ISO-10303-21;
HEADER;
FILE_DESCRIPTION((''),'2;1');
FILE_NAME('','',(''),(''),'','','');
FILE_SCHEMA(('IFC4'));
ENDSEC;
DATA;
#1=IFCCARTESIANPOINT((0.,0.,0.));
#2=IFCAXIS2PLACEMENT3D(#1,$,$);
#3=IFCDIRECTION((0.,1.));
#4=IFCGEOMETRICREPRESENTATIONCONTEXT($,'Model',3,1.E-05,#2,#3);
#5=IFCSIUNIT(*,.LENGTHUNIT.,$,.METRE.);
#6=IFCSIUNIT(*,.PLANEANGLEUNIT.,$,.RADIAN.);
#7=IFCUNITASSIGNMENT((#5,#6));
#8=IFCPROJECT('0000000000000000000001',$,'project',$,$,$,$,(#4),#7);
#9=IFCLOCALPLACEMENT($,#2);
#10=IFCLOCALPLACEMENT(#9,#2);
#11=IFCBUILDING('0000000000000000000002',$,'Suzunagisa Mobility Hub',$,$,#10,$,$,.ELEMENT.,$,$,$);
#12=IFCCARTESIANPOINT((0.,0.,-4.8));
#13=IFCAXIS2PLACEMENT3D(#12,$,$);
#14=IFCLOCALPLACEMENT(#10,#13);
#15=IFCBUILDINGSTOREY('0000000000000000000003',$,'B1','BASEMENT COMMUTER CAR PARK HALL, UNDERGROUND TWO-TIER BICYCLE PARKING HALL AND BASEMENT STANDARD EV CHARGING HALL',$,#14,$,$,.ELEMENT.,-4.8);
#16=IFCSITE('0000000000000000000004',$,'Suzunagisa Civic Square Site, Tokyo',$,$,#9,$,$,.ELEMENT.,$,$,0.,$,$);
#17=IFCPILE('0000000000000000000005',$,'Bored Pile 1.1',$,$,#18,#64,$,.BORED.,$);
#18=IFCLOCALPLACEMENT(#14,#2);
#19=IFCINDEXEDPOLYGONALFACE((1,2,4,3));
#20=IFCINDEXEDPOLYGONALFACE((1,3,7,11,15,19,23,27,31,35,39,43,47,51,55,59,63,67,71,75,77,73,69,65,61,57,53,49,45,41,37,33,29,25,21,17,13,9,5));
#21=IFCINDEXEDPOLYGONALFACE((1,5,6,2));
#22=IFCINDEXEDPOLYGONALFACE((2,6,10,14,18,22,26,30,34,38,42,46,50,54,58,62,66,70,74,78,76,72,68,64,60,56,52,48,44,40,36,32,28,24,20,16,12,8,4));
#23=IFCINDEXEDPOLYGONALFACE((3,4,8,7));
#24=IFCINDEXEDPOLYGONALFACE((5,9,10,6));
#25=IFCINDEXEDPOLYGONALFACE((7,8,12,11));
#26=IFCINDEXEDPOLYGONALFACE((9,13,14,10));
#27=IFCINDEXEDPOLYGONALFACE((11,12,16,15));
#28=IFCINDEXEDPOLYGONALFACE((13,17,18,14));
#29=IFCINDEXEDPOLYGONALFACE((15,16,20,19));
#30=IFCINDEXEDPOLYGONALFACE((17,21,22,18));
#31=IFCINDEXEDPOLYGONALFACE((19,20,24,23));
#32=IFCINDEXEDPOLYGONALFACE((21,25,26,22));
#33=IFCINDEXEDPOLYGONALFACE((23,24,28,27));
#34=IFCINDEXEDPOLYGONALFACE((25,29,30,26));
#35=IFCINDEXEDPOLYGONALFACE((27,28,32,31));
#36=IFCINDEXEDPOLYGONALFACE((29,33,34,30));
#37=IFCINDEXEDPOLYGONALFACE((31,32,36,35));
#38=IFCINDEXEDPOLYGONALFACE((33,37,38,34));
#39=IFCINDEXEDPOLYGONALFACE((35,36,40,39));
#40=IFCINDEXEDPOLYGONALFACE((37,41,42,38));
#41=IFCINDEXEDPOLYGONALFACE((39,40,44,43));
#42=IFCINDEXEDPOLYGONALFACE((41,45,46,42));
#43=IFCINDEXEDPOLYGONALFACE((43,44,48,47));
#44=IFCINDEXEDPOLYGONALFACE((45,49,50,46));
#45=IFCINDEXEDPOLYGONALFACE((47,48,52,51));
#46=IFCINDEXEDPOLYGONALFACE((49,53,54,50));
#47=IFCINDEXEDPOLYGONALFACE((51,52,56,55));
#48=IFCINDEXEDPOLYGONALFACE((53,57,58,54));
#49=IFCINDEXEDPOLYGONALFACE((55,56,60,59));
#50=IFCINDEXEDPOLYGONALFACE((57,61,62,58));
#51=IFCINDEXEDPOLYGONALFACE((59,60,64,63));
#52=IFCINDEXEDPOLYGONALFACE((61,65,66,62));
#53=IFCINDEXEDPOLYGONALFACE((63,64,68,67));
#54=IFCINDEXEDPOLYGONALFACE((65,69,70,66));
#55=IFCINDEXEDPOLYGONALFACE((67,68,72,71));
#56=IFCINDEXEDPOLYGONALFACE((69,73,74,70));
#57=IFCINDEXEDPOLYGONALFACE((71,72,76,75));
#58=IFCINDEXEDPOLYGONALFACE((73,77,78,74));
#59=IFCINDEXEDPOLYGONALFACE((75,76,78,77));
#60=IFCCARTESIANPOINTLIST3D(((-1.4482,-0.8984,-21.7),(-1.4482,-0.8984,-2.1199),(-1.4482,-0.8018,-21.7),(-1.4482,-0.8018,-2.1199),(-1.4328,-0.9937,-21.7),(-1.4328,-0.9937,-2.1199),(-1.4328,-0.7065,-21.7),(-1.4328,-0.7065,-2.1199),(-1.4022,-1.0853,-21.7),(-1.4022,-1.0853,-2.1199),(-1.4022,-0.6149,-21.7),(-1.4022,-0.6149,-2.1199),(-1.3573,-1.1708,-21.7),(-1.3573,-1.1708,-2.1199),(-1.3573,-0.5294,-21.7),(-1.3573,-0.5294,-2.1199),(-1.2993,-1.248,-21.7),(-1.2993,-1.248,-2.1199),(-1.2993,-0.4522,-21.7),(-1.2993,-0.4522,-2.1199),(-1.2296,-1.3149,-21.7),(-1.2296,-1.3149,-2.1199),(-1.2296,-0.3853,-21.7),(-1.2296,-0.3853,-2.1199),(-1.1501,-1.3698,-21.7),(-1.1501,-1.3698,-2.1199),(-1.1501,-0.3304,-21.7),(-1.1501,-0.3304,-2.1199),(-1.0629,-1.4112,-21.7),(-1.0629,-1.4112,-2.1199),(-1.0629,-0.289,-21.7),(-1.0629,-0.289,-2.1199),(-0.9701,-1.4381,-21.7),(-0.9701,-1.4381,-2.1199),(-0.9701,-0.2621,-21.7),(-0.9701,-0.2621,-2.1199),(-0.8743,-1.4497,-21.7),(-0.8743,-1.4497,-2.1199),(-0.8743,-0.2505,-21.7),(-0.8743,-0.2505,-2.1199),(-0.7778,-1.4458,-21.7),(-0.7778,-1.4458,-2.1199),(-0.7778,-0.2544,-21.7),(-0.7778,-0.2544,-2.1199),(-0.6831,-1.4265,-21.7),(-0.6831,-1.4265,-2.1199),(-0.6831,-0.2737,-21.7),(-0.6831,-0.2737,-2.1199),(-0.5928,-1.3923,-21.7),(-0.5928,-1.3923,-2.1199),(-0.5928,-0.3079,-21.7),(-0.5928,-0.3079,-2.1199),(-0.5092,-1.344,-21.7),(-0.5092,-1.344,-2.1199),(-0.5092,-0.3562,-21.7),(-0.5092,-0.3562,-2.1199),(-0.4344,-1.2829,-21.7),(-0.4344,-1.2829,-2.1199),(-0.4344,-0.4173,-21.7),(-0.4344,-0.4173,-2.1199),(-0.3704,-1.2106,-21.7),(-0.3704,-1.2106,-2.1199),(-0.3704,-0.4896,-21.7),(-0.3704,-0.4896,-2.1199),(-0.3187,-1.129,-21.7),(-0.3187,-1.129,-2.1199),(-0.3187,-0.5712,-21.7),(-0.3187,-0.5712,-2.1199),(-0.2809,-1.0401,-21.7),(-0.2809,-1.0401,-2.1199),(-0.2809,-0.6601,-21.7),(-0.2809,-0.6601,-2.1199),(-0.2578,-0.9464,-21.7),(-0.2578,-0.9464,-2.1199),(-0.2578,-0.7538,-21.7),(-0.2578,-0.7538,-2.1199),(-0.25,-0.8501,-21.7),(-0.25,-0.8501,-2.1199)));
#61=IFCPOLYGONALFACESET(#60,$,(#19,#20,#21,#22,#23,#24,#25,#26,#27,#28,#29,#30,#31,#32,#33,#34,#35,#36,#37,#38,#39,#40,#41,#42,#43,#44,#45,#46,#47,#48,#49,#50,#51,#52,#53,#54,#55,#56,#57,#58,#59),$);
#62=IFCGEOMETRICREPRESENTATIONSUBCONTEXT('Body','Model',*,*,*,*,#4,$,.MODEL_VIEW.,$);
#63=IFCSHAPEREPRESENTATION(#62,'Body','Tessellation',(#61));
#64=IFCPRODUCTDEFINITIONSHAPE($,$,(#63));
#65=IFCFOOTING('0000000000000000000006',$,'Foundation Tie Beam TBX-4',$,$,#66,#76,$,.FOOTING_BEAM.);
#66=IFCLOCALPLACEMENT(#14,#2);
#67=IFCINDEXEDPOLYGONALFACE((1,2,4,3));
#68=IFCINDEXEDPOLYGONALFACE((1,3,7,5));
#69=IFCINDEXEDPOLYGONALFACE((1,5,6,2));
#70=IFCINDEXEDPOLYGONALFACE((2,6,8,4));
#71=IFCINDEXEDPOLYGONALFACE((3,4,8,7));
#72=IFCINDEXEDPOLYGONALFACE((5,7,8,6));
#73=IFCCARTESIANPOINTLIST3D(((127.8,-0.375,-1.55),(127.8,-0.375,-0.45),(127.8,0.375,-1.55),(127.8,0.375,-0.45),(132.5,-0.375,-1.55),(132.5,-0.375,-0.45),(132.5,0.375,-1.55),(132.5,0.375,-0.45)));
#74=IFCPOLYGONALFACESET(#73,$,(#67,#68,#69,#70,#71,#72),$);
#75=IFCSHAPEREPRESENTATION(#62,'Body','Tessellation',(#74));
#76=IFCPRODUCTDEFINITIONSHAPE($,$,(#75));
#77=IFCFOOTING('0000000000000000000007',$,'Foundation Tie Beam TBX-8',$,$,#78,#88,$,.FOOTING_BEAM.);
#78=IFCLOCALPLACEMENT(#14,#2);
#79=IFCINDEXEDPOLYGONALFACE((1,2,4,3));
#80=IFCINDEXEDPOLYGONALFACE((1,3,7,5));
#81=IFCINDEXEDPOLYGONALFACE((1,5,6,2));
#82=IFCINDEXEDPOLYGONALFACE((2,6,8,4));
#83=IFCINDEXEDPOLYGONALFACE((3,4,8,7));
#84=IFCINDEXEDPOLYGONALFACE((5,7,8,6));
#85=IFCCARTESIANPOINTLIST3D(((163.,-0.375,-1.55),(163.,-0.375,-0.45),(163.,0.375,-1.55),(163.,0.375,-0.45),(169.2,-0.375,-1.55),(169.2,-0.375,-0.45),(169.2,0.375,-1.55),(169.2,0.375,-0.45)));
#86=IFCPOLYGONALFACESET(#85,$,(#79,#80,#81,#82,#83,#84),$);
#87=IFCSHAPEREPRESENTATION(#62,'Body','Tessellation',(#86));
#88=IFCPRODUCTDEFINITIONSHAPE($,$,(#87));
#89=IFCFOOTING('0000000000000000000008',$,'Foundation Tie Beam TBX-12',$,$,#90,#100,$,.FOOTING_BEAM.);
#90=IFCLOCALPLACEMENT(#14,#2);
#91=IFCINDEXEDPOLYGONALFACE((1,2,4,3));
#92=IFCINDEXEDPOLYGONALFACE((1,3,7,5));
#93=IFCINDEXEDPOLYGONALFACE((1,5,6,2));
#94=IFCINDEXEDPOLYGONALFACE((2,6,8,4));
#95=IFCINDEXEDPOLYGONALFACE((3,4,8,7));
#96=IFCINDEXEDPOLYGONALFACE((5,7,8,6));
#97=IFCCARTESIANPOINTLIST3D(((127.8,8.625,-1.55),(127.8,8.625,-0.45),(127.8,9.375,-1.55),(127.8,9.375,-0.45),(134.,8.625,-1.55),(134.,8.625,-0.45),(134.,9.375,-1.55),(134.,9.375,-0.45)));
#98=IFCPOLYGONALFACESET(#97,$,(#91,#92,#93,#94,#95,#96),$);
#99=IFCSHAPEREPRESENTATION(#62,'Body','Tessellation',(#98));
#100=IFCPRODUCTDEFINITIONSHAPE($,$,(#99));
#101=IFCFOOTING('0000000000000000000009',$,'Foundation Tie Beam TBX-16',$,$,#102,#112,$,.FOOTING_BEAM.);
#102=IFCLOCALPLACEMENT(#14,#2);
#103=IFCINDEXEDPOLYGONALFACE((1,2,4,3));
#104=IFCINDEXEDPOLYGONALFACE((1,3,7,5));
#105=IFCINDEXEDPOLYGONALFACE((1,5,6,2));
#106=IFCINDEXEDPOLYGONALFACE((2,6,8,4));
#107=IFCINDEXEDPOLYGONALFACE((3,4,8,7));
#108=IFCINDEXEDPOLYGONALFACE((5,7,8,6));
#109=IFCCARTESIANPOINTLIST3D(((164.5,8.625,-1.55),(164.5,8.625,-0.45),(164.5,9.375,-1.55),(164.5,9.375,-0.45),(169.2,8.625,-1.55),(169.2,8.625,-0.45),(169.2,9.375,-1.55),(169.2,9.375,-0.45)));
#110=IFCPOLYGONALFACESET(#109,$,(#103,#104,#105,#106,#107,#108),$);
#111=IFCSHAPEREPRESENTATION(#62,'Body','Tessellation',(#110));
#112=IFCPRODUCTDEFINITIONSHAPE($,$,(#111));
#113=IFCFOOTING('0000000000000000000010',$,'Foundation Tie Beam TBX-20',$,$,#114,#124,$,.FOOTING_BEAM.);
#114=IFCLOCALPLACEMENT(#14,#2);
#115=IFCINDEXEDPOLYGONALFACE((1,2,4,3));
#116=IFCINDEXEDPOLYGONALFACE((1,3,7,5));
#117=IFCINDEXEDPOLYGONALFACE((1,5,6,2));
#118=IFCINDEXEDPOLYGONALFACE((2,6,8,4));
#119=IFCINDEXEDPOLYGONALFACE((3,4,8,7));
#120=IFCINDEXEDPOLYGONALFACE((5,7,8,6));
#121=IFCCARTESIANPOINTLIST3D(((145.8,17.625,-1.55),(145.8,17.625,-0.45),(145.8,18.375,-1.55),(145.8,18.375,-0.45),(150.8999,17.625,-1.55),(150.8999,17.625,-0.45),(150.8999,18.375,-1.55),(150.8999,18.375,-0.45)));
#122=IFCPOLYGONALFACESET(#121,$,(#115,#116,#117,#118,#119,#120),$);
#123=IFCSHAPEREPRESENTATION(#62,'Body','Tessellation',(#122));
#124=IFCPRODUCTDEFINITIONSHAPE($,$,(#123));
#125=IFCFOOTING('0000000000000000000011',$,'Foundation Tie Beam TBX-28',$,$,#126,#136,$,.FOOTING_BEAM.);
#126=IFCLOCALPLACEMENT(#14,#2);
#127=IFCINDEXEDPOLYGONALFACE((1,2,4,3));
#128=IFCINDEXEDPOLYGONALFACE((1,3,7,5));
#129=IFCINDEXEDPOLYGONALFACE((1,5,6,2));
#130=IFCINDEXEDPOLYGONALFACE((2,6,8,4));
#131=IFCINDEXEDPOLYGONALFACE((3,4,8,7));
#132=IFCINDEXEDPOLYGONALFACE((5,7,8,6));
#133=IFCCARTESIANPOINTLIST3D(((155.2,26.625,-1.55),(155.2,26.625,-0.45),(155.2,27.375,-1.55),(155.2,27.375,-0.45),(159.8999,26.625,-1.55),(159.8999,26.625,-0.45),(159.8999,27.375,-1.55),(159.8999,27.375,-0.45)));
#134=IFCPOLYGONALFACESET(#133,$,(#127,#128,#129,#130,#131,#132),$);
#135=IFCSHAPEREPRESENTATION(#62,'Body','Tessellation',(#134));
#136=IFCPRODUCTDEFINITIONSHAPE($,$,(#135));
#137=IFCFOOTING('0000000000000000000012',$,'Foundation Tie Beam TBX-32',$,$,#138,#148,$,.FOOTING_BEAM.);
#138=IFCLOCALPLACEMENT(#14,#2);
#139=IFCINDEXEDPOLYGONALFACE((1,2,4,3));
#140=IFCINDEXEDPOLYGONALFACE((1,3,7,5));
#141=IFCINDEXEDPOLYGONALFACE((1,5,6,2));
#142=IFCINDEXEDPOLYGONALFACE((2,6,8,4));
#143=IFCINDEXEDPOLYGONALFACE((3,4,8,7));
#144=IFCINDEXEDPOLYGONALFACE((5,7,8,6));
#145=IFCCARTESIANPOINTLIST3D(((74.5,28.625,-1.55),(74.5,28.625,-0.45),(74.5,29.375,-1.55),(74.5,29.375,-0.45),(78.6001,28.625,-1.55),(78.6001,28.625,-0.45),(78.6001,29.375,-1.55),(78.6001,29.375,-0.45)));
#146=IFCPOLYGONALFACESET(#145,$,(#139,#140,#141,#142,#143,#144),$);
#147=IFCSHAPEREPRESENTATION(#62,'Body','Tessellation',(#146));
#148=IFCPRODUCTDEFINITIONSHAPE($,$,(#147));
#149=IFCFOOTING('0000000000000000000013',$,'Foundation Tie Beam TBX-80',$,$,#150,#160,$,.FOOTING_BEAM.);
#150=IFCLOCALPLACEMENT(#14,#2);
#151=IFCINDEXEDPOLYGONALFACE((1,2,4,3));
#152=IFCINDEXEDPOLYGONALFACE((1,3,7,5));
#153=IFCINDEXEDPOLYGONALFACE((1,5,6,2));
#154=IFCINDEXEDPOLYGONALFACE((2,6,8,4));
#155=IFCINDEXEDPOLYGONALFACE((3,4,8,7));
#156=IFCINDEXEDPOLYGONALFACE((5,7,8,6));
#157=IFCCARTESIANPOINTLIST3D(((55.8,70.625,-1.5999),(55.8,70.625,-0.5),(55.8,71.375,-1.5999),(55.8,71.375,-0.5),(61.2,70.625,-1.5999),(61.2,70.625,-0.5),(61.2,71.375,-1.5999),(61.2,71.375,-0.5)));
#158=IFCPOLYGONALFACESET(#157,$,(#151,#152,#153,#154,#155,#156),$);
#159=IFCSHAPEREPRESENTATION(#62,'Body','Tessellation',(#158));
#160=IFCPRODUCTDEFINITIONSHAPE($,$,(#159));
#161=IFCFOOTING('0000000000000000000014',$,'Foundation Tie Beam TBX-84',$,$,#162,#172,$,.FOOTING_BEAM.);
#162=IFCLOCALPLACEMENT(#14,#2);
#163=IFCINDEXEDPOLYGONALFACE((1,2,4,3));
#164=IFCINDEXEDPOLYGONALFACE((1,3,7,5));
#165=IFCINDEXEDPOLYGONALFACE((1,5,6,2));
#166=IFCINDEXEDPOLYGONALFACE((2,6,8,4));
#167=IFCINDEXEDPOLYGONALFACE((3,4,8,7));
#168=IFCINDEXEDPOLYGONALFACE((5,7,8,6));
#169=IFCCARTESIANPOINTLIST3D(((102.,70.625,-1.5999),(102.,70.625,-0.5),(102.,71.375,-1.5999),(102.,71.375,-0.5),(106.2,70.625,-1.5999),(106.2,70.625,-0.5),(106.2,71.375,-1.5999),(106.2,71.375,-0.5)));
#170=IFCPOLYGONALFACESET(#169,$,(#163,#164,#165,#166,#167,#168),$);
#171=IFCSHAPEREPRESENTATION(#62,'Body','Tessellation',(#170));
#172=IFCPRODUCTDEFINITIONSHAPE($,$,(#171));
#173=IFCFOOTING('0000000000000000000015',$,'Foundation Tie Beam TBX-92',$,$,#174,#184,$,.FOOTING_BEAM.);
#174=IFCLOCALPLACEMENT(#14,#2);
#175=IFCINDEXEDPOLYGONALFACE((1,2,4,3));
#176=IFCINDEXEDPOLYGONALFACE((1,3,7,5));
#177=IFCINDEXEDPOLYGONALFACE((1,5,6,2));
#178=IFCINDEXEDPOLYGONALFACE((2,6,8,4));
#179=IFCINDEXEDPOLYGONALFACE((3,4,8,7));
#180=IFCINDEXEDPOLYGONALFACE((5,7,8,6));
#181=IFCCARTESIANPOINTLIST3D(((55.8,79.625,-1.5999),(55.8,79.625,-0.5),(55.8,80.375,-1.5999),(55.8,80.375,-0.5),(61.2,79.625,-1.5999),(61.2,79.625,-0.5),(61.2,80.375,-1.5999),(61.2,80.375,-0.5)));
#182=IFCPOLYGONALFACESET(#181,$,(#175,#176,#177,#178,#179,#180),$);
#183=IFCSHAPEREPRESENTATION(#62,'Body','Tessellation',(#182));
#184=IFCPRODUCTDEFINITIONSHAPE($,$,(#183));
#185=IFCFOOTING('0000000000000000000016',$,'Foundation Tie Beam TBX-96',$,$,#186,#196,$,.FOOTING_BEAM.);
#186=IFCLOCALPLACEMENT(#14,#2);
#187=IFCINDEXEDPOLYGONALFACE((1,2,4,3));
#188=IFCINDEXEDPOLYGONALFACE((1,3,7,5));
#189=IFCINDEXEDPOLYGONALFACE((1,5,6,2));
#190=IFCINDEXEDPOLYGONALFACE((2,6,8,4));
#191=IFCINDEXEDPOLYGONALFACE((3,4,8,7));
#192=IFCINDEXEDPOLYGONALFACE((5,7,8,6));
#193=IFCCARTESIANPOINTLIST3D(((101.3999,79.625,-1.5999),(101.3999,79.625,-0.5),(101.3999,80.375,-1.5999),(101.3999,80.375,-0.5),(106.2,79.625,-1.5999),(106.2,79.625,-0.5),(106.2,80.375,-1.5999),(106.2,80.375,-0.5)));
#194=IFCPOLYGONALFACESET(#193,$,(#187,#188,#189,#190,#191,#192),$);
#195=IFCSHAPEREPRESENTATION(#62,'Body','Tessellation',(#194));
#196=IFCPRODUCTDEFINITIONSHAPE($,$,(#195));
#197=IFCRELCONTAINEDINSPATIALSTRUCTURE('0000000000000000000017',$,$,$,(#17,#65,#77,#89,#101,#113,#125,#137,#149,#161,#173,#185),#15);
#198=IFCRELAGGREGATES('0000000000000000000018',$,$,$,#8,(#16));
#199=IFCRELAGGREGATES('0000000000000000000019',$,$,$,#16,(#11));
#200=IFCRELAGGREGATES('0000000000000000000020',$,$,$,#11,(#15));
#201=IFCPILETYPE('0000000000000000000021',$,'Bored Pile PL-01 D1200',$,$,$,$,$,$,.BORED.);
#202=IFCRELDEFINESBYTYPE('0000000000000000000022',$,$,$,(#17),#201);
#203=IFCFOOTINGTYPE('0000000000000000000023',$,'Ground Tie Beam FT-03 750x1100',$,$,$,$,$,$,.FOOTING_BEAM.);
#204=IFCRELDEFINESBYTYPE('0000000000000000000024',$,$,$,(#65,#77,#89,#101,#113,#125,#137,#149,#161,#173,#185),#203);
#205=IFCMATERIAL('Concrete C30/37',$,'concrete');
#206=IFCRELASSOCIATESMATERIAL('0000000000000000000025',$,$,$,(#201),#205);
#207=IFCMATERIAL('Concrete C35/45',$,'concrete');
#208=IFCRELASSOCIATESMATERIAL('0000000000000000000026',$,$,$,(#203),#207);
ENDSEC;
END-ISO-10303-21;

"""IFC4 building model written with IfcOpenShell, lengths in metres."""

from ifc_helpers import new_model, si_unit, direction, frame, origin, origin_2d, place, context, subcontext, project, spatial, polyline, circle, outline, extrude, material, material_profile, profile_set, type_object, element, save


model = new_model("IFC4")

# Units and contexts
model_context = context("Model", 3, precision=1e-05, world=origin(), true_north=direction((0.0, 1.0)))
body_context = subcontext(model_context, "Body", "Model", "MODEL_VIEW")
ifc_project = project(units=[si_unit("LENGTHUNIT", "METRE"), si_unit("PLANEANGLEUNIT", "RADIAN")], contexts=[model_context])

# Site, building, storey
site_placement = place(None, origin())
site = spatial("IfcSite", under=ifc_project, at=site_placement, Name="Suzunagisa Civic Square Site, Tokyo", CompositionType="ELEMENT", RefElevation=0.0)
building_placement = place(site_placement, origin())
building = spatial("IfcBuilding", under=site, at=building_placement, Name="Suzunagisa Mobility Hub", CompositionType="ELEMENT")
storey_placement = place(building_placement, frame((0.0, 0.0, -4.8)))
storey = spatial("IfcBuildingStorey", under=building, at=storey_placement, Name="B1", Description="BASEMENT COMMUTER CAR PARK HALL, UNDERGROUND TWO-TIER BICYCLE PARKING HALL AND BASEMENT STANDARD EV CHARGING HALL", CompositionType="ELEMENT", Elevation=-4.8)

# Pile
ifc_material_1 = material(Name="Concrete C30/37", Category="concrete")
ifc_material_profile = material_profile(ifc_material_1, circle(Radius=0.6001, at=origin_2d()), Name="BORED PILE D1200")
ifc_profile_set = profile_set([ifc_material_profile], Name="Concrete C30/37")
pile_type = type_object("IfcPileType", Name="Bored Pile PL-01 D1200", PredefinedType="BORED", material=ifc_profile_set)
pile_placement = place(storey_placement, frame((-0.8501, -0.8501, -2.1199), z_axis=(0.0, 0.0, -1.0), x_axis=(1.0, 0.0, 0.0)))
element("IfcPile", 1, at=pile_placement, inside=storey, type_object=pile_type, Name="Bored Pile 1.1", PredefinedType="BORED", context=body_context, shape_type="SweptSolid", body=[
    extrude(circle(Radius=0.6001, at=origin_2d()), origin(), (0.0, 0.0, 1.0), 19.5801),
])

# Footings
ifc_material_2 = material(Name="Concrete C35/45", Category="concrete")
footing_type = type_object("IfcFootingType", Name="Ground Tie Beam FT-03 750x1100", PredefinedType="FOOTING_BEAM", material=ifc_material_2)
footing_1_placement = place(storey_placement, frame((0.0, 0.0, -1.55)))
element("IfcFooting", 2, at=footing_1_placement, inside=storey, type_object=footing_type, Name="Foundation Tie Beam TBX-4", PredefinedType="FOOTING_BEAM", context=body_context, shape_type="SweptSolid", body=[
    extrude(outline(polyline([(127.8, -0.375), (132.5, -0.375), (132.5, 0.375), (127.8, 0.375), (127.8, -0.375)])), origin(), (0.0, 0.0, 1.0), 1.1001),
])
footing_2_placement = place(storey_placement, frame((0.0, 0.0, -1.55)))
element("IfcFooting", 3, at=footing_2_placement, inside=storey, type_object=footing_type, Name="Foundation Tie Beam TBX-8", PredefinedType="FOOTING_BEAM", context=body_context, shape_type="SweptSolid", body=[
    extrude(outline(polyline([(163.0, -0.375), (169.2, -0.375), (169.2, 0.375), (163.0, 0.375), (163.0, -0.375)])), origin(), (0.0, 0.0, 1.0), 1.1001),
])
footing_3_placement = place(storey_placement, frame((0.0, 0.0, -1.55)))
element("IfcFooting", 4, at=footing_3_placement, inside=storey, type_object=footing_type, Name="Foundation Tie Beam TBX-12", PredefinedType="FOOTING_BEAM", context=body_context, shape_type="SweptSolid", body=[
    extrude(outline(polyline([(127.8, 8.625), (134.0, 8.625), (134.0, 9.375), (127.8, 9.375), (127.8, 8.625)])), origin(), (0.0, 0.0, 1.0), 1.1001),
])
footing_4_placement = place(storey_placement, frame((0.0, 0.0, -1.55)))
element("IfcFooting", 5, at=footing_4_placement, inside=storey, type_object=footing_type, Name="Foundation Tie Beam TBX-16", PredefinedType="FOOTING_BEAM", context=body_context, shape_type="SweptSolid", body=[
    extrude(outline(polyline([(164.5, 8.625), (169.2, 8.625), (169.2, 9.375), (164.5, 9.375), (164.5, 8.625)])), origin(), (0.0, 0.0, 1.0), 1.1001),
])
footing_5_placement = place(storey_placement, frame((0.0, 0.0, -1.55)))
element("IfcFooting", 6, at=footing_5_placement, inside=storey, type_object=footing_type, Name="Foundation Tie Beam TBX-20", PredefinedType="FOOTING_BEAM", context=body_context, shape_type="SweptSolid", body=[
    extrude(outline(polyline([(145.8, 17.625), (150.8999, 17.625), (150.8999, 18.375), (145.8, 18.375), (145.8, 17.625)])), origin(), (0.0, 0.0, 1.0), 1.1001),
])
footing_6_placement = place(storey_placement, frame((0.0, 0.0, -1.55)))
element("IfcFooting", 7, at=footing_6_placement, inside=storey, type_object=footing_type, Name="Foundation Tie Beam TBX-28", PredefinedType="FOOTING_BEAM", context=body_context, shape_type="SweptSolid", body=[
    extrude(outline(polyline([(155.2, 26.625), (159.8999, 26.625), (159.8999, 27.375), (155.2, 27.375), (155.2, 26.625)])), origin(), (0.0, 0.0, 1.0), 1.1001),
])
footing_7_placement = place(storey_placement, frame((0.0, 0.0, -1.55)))
element("IfcFooting", 8, at=footing_7_placement, inside=storey, type_object=footing_type, Name="Foundation Tie Beam TBX-32", PredefinedType="FOOTING_BEAM", context=body_context, shape_type="SweptSolid", body=[
    extrude(outline(polyline([(74.5, 28.625), (78.6001, 28.625), (78.6001, 29.375), (74.5, 29.375), (74.5, 28.625)])), origin(), (0.0, 0.0, 1.0), 1.1001),
])
footing_8_placement = place(storey_placement, frame((0.0, 0.0, -1.5999)))
element("IfcFooting", 9, at=footing_8_placement, inside=storey, type_object=footing_type, Name="Foundation Tie Beam TBX-80", PredefinedType="FOOTING_BEAM", context=body_context, shape_type="SweptSolid", body=[
    extrude(outline(polyline([(55.8, 70.625), (61.2, 70.625), (61.2, 71.375), (55.8, 71.375), (55.8, 70.625)])), origin(), (0.0, 0.0, 1.0), 1.0999),
])
footing_9_placement = place(storey_placement, frame((0.0, 0.0, -1.5999)))
element("IfcFooting", 10, at=footing_9_placement, inside=storey, type_object=footing_type, Name="Foundation Tie Beam TBX-84", PredefinedType="FOOTING_BEAM", context=body_context, shape_type="SweptSolid", body=[
    extrude(outline(polyline([(102.0, 70.625), (106.2, 70.625), (106.2, 71.375), (102.0, 71.375), (102.0, 70.625)])), origin(), (0.0, 0.0, 1.0), 1.0999),
])
footing_10_placement = place(storey_placement, frame((0.0, 0.0, -1.5999)))
element("IfcFooting", 11, at=footing_10_placement, inside=storey, type_object=footing_type, Name="Foundation Tie Beam TBX-92", PredefinedType="FOOTING_BEAM", context=body_context, shape_type="SweptSolid", body=[
    extrude(outline(polyline([(55.8, 79.625), (61.2, 79.625), (61.2, 80.375), (55.8, 80.375), (55.8, 79.625)])), origin(), (0.0, 0.0, 1.0), 1.0999),
])
footing_11_placement = place(storey_placement, frame((0.0, 0.0, -1.5999)))
element("IfcFooting", 12, at=footing_11_placement, inside=storey, type_object=footing_type, Name="Foundation Tie Beam TBX-96", PredefinedType="FOOTING_BEAM", context=body_context, shape_type="SweptSolid", body=[
    extrude(outline(polyline([(101.3999, 79.625), (106.2, 79.625), (106.2, 80.375), (101.3999, 80.375), (101.3999, 79.625)])), origin(), (0.0, 0.0, 1.0), 1.0999),
])

save(model, "model.ifc")
